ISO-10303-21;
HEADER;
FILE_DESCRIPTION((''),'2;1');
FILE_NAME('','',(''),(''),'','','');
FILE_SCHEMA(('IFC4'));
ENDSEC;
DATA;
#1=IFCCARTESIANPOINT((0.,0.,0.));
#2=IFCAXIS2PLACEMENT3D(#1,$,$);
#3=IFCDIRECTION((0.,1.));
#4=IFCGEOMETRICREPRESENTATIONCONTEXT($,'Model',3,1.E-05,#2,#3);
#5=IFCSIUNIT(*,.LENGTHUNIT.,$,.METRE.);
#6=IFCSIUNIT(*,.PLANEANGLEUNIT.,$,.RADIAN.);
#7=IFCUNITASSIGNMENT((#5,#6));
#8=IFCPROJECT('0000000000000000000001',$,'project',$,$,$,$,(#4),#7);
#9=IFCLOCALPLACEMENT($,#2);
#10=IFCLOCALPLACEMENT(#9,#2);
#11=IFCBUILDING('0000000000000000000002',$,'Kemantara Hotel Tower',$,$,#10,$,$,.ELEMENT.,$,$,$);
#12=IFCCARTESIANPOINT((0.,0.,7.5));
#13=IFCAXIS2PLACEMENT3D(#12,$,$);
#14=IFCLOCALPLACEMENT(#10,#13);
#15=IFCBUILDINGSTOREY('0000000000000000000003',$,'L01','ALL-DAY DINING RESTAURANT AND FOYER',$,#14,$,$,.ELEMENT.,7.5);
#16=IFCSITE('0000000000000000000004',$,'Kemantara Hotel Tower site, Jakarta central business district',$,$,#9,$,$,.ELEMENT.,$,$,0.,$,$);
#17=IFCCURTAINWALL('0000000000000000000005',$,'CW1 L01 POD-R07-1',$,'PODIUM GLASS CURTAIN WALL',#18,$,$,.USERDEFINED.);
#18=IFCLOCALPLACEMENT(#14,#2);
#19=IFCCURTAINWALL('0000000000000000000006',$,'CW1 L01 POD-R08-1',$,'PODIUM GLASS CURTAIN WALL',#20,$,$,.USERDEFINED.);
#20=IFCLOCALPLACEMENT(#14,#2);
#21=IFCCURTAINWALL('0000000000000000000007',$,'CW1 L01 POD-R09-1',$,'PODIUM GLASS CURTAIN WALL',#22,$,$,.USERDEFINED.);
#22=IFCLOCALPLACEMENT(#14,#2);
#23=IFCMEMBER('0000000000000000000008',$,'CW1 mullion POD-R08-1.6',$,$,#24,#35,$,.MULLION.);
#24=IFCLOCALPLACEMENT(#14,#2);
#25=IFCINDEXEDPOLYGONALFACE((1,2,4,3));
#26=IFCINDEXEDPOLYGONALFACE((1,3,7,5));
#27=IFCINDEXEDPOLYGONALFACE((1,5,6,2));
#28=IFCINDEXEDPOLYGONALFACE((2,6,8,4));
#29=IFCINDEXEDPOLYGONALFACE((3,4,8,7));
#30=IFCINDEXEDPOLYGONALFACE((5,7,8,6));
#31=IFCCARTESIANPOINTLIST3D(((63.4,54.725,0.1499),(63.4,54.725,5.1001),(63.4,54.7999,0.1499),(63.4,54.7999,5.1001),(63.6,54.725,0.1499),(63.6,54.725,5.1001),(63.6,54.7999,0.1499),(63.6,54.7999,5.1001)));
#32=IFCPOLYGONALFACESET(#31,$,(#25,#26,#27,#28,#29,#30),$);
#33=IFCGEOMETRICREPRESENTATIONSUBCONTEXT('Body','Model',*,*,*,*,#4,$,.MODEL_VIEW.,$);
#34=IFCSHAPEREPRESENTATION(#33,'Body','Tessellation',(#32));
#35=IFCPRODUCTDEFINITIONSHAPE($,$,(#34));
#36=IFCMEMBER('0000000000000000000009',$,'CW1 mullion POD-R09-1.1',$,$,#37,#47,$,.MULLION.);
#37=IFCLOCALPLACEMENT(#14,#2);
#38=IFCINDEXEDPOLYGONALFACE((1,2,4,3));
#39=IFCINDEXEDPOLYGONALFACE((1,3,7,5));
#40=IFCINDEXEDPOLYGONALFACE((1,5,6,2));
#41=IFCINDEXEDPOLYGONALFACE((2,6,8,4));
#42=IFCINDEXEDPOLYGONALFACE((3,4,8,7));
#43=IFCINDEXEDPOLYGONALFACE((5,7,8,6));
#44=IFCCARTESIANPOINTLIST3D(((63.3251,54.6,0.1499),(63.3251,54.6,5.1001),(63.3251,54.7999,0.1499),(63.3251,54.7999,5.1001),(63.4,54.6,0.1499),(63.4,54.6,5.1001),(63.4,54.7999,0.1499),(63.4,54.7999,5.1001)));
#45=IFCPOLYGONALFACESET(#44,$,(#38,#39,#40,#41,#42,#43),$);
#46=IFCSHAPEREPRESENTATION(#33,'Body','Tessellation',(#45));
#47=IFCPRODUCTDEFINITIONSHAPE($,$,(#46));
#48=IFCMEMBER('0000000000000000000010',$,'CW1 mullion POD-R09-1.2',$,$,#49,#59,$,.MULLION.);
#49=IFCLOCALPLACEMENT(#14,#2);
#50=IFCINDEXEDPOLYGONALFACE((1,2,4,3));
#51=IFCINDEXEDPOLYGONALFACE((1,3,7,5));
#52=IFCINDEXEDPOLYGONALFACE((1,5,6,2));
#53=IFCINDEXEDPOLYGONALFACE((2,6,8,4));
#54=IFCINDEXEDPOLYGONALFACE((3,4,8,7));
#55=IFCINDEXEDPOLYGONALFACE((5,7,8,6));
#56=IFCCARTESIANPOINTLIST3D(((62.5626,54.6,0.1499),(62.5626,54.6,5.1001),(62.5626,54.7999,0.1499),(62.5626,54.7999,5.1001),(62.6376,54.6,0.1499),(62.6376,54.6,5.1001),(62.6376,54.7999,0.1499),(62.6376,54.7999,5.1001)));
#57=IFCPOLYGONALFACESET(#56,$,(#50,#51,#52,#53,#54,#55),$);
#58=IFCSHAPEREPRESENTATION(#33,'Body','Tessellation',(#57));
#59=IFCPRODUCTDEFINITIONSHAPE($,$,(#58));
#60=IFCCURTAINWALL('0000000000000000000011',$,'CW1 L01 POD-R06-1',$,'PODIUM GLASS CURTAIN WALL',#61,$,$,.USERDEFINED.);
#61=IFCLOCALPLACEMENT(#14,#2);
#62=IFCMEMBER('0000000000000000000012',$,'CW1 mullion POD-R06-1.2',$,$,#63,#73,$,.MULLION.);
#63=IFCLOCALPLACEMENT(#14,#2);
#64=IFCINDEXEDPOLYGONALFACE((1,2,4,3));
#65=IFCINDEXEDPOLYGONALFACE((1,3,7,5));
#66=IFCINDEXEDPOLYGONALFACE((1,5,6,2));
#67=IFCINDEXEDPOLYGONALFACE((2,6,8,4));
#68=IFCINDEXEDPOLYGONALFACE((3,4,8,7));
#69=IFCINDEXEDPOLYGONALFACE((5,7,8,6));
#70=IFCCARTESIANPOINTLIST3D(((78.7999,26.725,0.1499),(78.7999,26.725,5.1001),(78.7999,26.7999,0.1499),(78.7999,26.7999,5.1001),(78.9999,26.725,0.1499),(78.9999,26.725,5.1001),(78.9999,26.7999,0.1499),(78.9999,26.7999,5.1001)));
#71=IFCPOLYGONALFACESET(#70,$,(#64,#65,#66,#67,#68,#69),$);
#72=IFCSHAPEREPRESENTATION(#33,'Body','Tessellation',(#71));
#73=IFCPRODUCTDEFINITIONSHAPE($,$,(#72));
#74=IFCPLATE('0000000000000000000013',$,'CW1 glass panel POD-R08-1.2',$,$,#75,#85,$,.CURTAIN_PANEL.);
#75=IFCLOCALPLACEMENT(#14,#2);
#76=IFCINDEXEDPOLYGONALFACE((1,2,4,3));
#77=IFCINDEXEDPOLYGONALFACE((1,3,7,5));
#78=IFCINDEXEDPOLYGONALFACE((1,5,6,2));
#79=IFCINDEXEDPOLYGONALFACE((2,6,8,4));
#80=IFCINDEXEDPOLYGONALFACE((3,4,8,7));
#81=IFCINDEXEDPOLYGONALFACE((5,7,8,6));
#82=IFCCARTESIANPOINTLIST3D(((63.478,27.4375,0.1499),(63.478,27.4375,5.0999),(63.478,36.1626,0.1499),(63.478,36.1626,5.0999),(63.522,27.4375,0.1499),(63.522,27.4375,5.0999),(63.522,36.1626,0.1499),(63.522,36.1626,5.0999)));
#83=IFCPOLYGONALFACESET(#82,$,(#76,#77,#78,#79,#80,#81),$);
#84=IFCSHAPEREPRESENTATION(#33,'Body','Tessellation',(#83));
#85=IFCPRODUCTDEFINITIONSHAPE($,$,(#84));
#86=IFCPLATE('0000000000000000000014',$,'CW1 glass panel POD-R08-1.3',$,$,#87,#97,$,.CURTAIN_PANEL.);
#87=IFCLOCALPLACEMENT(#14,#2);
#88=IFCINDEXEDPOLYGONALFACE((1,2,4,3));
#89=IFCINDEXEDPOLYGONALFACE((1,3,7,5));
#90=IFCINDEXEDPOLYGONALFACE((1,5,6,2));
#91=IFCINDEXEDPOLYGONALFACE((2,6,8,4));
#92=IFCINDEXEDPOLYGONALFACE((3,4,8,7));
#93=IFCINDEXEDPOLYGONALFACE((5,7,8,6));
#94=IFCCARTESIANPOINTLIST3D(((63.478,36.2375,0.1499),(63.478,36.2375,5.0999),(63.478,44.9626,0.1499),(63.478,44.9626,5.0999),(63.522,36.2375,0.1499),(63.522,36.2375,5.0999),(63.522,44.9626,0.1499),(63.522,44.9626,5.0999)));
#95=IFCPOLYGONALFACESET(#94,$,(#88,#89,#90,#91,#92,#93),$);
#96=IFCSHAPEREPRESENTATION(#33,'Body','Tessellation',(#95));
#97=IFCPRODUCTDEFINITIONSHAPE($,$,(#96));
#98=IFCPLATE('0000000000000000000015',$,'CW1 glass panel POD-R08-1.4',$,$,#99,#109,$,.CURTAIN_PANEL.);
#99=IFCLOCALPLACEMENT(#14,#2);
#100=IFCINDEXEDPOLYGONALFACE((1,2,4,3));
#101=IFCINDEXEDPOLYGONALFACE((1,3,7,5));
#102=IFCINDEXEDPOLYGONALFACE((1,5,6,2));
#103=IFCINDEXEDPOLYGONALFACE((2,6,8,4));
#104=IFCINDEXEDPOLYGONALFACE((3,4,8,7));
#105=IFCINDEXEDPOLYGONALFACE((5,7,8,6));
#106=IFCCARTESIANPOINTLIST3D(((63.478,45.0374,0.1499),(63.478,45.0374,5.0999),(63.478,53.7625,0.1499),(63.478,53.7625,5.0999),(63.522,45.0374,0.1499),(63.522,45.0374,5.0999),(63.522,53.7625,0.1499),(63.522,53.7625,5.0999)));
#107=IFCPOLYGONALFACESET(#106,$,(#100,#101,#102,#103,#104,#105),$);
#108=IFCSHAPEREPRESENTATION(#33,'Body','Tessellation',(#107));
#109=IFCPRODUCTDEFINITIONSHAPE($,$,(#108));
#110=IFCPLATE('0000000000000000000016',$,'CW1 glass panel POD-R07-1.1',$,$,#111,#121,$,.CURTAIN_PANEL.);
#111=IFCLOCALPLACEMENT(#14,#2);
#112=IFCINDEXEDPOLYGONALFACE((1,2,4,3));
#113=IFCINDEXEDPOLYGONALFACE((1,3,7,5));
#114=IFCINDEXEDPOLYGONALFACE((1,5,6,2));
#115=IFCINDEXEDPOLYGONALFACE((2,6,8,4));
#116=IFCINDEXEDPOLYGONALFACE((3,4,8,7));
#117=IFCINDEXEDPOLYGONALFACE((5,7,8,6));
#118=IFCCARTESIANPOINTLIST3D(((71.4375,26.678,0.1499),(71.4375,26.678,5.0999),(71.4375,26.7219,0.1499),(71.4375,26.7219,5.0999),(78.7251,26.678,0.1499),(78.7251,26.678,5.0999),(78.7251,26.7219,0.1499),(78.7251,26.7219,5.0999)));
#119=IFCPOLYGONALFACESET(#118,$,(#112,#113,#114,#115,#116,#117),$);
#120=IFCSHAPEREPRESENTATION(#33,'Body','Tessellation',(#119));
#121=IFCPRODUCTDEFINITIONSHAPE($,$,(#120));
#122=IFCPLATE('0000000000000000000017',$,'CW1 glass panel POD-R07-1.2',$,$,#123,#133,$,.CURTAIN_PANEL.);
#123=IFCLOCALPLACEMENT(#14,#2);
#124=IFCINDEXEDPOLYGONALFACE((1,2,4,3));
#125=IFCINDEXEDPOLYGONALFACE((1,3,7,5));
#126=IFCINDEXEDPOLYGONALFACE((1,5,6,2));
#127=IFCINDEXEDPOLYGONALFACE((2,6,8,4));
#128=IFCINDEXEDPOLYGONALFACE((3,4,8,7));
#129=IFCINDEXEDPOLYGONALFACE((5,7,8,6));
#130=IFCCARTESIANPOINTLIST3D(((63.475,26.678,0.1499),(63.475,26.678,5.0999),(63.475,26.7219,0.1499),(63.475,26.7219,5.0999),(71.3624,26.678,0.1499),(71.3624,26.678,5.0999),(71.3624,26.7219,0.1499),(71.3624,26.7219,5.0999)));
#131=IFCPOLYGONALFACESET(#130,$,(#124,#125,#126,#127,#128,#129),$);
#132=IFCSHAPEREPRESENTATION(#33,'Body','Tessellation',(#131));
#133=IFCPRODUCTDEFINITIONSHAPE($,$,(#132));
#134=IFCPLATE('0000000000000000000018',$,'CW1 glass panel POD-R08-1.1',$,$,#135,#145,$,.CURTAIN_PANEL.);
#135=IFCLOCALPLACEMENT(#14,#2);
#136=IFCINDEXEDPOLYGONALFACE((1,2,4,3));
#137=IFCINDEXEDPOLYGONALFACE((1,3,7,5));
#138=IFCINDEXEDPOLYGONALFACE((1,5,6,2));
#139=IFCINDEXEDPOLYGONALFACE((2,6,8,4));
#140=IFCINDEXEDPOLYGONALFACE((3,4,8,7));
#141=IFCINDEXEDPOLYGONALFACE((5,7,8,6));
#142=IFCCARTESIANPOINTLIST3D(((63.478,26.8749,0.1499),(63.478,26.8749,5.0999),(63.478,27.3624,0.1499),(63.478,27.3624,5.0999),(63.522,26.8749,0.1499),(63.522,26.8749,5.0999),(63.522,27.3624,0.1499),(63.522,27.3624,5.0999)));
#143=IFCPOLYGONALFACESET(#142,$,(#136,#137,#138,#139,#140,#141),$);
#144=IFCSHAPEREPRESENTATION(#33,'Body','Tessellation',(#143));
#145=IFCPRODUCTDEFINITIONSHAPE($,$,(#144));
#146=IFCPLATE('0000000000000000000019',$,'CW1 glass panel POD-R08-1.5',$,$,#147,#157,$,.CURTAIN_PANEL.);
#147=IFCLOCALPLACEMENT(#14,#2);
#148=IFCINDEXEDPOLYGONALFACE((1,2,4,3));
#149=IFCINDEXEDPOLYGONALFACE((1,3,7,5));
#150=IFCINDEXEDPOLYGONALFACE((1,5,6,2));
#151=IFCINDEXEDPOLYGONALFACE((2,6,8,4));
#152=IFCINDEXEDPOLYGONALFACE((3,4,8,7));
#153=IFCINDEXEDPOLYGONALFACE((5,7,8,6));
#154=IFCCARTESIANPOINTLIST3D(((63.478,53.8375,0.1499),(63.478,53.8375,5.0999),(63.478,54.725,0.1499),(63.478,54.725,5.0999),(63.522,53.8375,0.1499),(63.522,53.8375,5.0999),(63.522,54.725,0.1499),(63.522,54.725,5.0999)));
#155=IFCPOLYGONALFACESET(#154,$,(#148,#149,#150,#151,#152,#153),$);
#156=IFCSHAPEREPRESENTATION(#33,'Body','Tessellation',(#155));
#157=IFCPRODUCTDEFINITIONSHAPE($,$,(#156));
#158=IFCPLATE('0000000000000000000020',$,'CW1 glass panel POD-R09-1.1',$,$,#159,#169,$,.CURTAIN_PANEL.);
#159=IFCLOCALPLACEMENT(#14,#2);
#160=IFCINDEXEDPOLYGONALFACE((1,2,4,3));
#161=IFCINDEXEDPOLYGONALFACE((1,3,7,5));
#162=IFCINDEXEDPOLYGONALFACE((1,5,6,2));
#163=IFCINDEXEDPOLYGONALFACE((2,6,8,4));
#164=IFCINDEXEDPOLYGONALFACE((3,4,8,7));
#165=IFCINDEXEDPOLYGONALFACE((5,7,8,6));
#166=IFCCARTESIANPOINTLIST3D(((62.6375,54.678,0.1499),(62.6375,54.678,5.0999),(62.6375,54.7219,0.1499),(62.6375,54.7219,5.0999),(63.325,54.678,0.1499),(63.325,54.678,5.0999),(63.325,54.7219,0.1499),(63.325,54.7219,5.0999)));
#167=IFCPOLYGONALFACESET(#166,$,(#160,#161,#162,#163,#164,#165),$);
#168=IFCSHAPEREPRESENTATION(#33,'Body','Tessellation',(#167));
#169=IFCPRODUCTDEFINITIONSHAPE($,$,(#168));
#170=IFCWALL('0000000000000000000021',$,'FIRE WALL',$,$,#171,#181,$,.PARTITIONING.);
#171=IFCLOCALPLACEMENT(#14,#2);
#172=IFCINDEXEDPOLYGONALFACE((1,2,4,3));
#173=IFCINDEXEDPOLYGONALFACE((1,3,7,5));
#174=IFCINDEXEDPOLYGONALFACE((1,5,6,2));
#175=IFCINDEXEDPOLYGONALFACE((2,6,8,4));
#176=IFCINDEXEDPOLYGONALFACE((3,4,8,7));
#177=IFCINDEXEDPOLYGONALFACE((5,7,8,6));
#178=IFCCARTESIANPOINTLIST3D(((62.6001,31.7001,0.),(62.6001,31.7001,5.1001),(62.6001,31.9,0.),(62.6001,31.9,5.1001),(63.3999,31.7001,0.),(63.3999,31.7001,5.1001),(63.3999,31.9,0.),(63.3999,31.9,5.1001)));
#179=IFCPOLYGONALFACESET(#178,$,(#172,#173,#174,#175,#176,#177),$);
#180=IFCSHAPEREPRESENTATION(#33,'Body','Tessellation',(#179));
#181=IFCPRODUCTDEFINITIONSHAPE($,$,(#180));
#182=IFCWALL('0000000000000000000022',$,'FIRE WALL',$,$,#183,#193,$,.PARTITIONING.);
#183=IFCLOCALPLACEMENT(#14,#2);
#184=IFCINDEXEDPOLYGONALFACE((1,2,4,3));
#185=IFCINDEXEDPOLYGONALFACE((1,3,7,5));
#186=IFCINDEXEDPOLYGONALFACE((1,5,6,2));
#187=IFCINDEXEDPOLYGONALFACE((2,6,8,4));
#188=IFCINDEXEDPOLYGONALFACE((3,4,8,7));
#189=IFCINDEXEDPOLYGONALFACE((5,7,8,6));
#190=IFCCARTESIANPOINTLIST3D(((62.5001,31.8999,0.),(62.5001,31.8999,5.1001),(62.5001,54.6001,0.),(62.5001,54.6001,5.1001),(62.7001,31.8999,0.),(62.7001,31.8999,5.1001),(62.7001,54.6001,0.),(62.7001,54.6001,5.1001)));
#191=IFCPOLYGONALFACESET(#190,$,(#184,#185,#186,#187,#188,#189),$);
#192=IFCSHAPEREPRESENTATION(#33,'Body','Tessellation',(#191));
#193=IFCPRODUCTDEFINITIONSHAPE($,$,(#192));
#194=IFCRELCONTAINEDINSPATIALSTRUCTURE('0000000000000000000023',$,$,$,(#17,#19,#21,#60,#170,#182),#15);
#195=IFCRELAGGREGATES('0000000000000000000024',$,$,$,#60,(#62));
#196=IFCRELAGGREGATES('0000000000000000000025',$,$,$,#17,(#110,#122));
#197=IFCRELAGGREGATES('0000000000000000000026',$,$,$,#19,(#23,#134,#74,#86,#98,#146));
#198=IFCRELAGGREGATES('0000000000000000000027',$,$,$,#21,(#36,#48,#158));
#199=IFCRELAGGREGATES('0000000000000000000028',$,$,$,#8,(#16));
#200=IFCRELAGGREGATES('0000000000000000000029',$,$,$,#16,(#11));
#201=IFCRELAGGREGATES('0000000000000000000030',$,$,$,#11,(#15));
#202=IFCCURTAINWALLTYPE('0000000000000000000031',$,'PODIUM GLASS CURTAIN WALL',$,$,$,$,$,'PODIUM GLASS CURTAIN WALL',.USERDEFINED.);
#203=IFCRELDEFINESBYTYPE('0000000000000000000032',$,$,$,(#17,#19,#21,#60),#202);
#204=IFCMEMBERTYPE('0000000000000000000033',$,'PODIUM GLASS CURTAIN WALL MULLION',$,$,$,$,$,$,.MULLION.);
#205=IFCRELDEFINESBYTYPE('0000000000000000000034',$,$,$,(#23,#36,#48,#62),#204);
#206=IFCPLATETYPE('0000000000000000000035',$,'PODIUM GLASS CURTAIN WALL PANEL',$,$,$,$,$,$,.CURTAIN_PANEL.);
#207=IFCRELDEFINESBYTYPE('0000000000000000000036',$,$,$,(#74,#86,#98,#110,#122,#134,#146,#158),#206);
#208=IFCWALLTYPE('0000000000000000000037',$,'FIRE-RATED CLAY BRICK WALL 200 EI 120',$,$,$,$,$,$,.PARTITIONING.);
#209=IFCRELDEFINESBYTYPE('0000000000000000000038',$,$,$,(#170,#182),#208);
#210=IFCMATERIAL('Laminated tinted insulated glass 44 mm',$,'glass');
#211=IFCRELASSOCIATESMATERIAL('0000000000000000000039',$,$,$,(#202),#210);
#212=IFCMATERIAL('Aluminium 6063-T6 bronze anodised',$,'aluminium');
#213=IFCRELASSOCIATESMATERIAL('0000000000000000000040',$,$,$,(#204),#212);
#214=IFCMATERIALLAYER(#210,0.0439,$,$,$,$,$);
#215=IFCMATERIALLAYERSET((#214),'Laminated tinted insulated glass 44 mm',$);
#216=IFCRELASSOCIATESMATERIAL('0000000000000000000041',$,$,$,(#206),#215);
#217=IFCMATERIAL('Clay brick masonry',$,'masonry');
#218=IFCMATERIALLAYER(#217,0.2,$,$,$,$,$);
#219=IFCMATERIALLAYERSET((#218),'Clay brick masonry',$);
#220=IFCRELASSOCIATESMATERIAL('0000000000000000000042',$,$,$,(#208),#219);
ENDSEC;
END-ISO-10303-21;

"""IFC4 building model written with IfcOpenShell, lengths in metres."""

from ifc_helpers import new_model, si_unit, direction, frame, frame_2d, origin, origin_2d, place, context, subcontext, project, spatial, rectangle, extrude, source, transform, mapped, material, layer, layer_set, material_profile, profile_set, type_object, element, aggregate, save


model = new_model("IFC4")

# Units and contexts
model_context = context("Model", 3, precision=1e-05, world=origin(), true_north=direction((0.0, 1.0)))
body_context = subcontext(model_context, "Body", "Model", "MODEL_VIEW")
ifc_project = project(units=[si_unit("LENGTHUNIT", "METRE"), si_unit("PLANEANGLEUNIT", "RADIAN")], contexts=[model_context])

# Site, building, storey
site_placement = place(None, origin())
site = spatial("IfcSite", under=ifc_project, at=site_placement, Name="Kemantara Hotel Tower site, Jakarta central business district", CompositionType="ELEMENT", RefElevation=0.0)
building_placement = place(site_placement, origin())
building = spatial("IfcBuilding", under=site, at=building_placement, Name="Kemantara Hotel Tower", CompositionType="ELEMENT")
storey_placement = place(building_placement, frame((0.0, 0.0, 7.5)))
storey = spatial("IfcBuildingStorey", under=building, at=storey_placement, Name="L01", Description="ALL-DAY DINING RESTAURANT AND FOYER", CompositionType="ELEMENT", Elevation=7.5)

# Curtain walls
ifc_material_1 = material(Name="Laminated tinted insulated glass 44 mm", Category="glass")
curtain_wall_type = type_object("IfcCurtainWallType", Name="PODIUM GLASS CURTAIN WALL", ElementType="PODIUM GLASS CURTAIN WALL", PredefinedType="USERDEFINED", material=ifc_material_1)
curtain_wall_1_placement = place(storey_placement, origin())
curtain_wall_1 = element("IfcCurtainWall", 1, at=curtain_wall_1_placement, inside=storey, type_object=curtain_wall_type, Name="CW1 L01 POD-R07-1", ObjectType="PODIUM GLASS CURTAIN WALL", PredefinedType="USERDEFINED")
ifc_material_2 = material(Name="Aluminium 6063-T6 bronze anodised", Category="aluminium")
curtain_wall_2_placement = place(storey_placement, origin())
curtain_wall_2 = element("IfcCurtainWall", 2, at=curtain_wall_2_placement, inside=storey, type_object=curtain_wall_type, Name="CW1 L01 POD-R08-1", ObjectType="PODIUM GLASS CURTAIN WALL", PredefinedType="USERDEFINED")
curtain_wall_3_placement = place(storey_placement, origin())
curtain_wall_3 = element("IfcCurtainWall", 3, at=curtain_wall_3_placement, inside=storey, type_object=curtain_wall_type, Name="CW1 L01 POD-R09-1", ObjectType="PODIUM GLASS CURTAIN WALL", PredefinedType="USERDEFINED")

# Members
ifc_material_profile_1 = material_profile(ifc_material_2, rectangle(XDim=0.2, YDim=0.075, at=origin_2d()), Name="PODIUM GLASS CURTAIN WALL MULLION")
ifc_profile_set_1 = profile_set([ifc_material_profile_1], Name="Aluminium 6063-T6 bronze anodised")
member_type_1 = type_object("IfcMemberType", Name="PODIUM GLASS CURTAIN WALL MULLION", PredefinedType="MULLION", material=ifc_profile_set_1)
shared_shape_1 = source(origin(), body_context, "Body", "SweptSolid", [
    extrude(rectangle(XDim=0.2, YDim=0.075, at=origin_2d()), origin(), (0.0, 0.0, 1.0), 4.9502),
])
member_1_placement = place(storey_placement, frame((63.5, 54.7625, 0.1499), z_axis=(0.0, 0.0, 1.0), x_axis=(-1.0, 0.0, 0.0)))
member_1 = element("IfcMember", 4, at=member_1_placement, type_object=member_type_1, Name="CW1 mullion POD-R08-1.6", PredefinedType="MULLION", context=body_context, shape_type="MappedRepresentation", body=[
    mapped(shared_shape_1, transform((0.0, 0.0, 0.0))),
])
member_2_placement = place(storey_placement, frame((63.3625, 54.7, 0.1499), z_axis=(0.0, 0.0, 1.0), x_axis=(0.0, -1.0, 0.0)))
member_2 = element("IfcMember", 5, at=member_2_placement, type_object=member_type_1, Name="CW1 mullion POD-R09-1.1", PredefinedType="MULLION", context=body_context, shape_type="MappedRepresentation", body=[
    mapped(shared_shape_1, transform((0.0, 0.0, 0.0))),
])
member_3_placement = place(storey_placement, frame((62.6001, 54.7, 0.1499), z_axis=(0.0, 0.0, 1.0), x_axis=(0.0, -1.0, 0.0)))
member_3 = element("IfcMember", 6, at=member_3_placement, type_object=member_type_1, Name="CW1 mullion POD-R09-1.2", PredefinedType="MULLION", context=body_context, shape_type="MappedRepresentation", body=[
    mapped(shared_shape_1, transform((0.0, 0.0, 0.0))),
])

# Curtain wall, member
curtain_wall_4_placement = place(storey_placement, origin())
curtain_wall_4 = element("IfcCurtainWall", 7, at=curtain_wall_4_placement, inside=storey, type_object=curtain_wall_type, Name="CW1 L01 POD-R06-1", ObjectType="PODIUM GLASS CURTAIN WALL", PredefinedType="USERDEFINED")
member_4_placement = place(storey_placement, frame((78.8999, 26.7625, 0.1499), z_axis=(0.0, 0.0, 1.0), x_axis=(-1.0, 0.0, 0.0)))
member_4 = element("IfcMember", 8, at=member_4_placement, type_object=member_type_1, Name="CW1 mullion POD-R06-1.2", PredefinedType="MULLION", context=body_context, shape_type="MappedRepresentation", body=[
    mapped(shared_shape_1, transform((0.0, 0.0, 0.0))),
])
aggregate(curtain_wall_4, [member_4])

# Plates
ifc_layer_1 = layer(ifc_material_1, 0.0439)
ifc_layer_set_1 = layer_set([ifc_layer_1], Name="Laminated tinted insulated glass 44 mm")
plate_type = type_object("IfcPlateType", Name="PODIUM GLASS CURTAIN WALL PANEL", PredefinedType="CURTAIN_PANEL", material=ifc_layer_set_1)
shared_shape_2 = source(origin(), body_context, "Body", "SweptSolid", [
    extrude(rectangle(XDim=8.7251, YDim=0.0439, at=origin_2d()), origin(), (0.0, 0.0, 1.0), 4.95),
])
plate_1_placement = place(storey_placement, frame((63.5, 31.8, 0.1499), z_axis=(0.0, 0.0, 1.0), x_axis=(0.0, 1.0, 0.0)))
plate_1 = element("IfcPlate", 9, at=plate_1_placement, type_object=plate_type, Name="CW1 glass panel POD-R08-1.2", PredefinedType="CURTAIN_PANEL", context=body_context, shape_type="MappedRepresentation", body=[
    mapped(shared_shape_2, transform((0.0, 0.0, 0.0))),
])
plate_2_placement = place(storey_placement, frame((63.5, 40.6001, 0.1499), z_axis=(0.0, 0.0, 1.0), x_axis=(0.0, 1.0, 0.0)))
plate_2 = element("IfcPlate", 10, at=plate_2_placement, type_object=plate_type, Name="CW1 glass panel POD-R08-1.3", PredefinedType="CURTAIN_PANEL", context=body_context, shape_type="MappedRepresentation", body=[
    mapped(shared_shape_2, transform((0.0, 0.0, 0.0))),
])
plate_3_placement = place(storey_placement, frame((63.5, 49.3999, 0.1499), z_axis=(0.0, 0.0, 1.0), x_axis=(0.0, 1.0, 0.0)))
plate_3 = element("IfcPlate", 11, at=plate_3_placement, type_object=plate_type, Name="CW1 glass panel POD-R08-1.4", PredefinedType="CURTAIN_PANEL", context=body_context, shape_type="MappedRepresentation", body=[
    mapped(shared_shape_2, transform((0.0, 0.0, 0.0))),
])
shared_shape_3 = source(origin(), body_context, "Body", "SweptSolid", [
    extrude(rectangle(XDim=7.2876, YDim=0.0439, at=origin_2d()), origin(), (0.0, 0.0, 1.0), 4.95),
])
plate_4_placement = place(storey_placement, frame((75.0813, 26.7, 0.1499), z_axis=(0.0, 0.0, 1.0), x_axis=(-1.0, 0.0, 0.0)))
plate_4 = element("IfcPlate", 12, at=plate_4_placement, type_object=plate_type, Name="CW1 glass panel POD-R07-1.1", PredefinedType="CURTAIN_PANEL", context=body_context, shape_type="MappedRepresentation", body=[
    mapped(shared_shape_3, transform((0.0, 0.0, 0.0))),
])
shared_shape_4 = source(origin(), body_context, "Body", "SweptSolid", [
    extrude(rectangle(XDim=7.8875, YDim=0.0439, at=origin_2d()), origin(), (0.0, 0.0, 1.0), 4.95),
])
plate_5_placement = place(storey_placement, frame((67.4187, 26.7, 0.1499), z_axis=(0.0, 0.0, 1.0), x_axis=(-1.0, 0.0, 0.0)))
plate_5 = element("IfcPlate", 13, at=plate_5_placement, type_object=plate_type, Name="CW1 glass panel POD-R07-1.2", PredefinedType="CURTAIN_PANEL", context=body_context, shape_type="MappedRepresentation", body=[
    mapped(shared_shape_4, transform((0.0, 0.0, 0.0))),
])
aggregate(curtain_wall_1, [plate_4, plate_5])
shared_shape_5 = source(origin(), body_context, "Body", "SweptSolid", [
    extrude(rectangle(XDim=0.4875, YDim=0.0439, at=origin_2d()), origin(), (0.0, 0.0, 1.0), 4.95),
])
plate_6_placement = place(storey_placement, frame((63.5, 27.1187, 0.1499), z_axis=(0.0, 0.0, 1.0), x_axis=(0.0, 1.0, 0.0)))
plate_6 = element("IfcPlate", 14, at=plate_6_placement, type_object=plate_type, Name="CW1 glass panel POD-R08-1.1", PredefinedType="CURTAIN_PANEL", context=body_context, shape_type="MappedRepresentation", body=[
    mapped(shared_shape_5, transform((0.0, 0.0, 0.0))),
])
shared_shape_6 = source(origin(), body_context, "Body", "SweptSolid", [
    extrude(rectangle(XDim=0.8875, YDim=0.0439, at=origin_2d()), origin(), (0.0, 0.0, 1.0), 4.95),
])
plate_7_placement = place(storey_placement, frame((63.5, 54.2812, 0.1499), z_axis=(0.0, 0.0, 1.0), x_axis=(0.0, 1.0, 0.0)))
plate_7 = element("IfcPlate", 15, at=plate_7_placement, type_object=plate_type, Name="CW1 glass panel POD-R08-1.5", PredefinedType="CURTAIN_PANEL", context=body_context, shape_type="MappedRepresentation", body=[
    mapped(shared_shape_6, transform((0.0, 0.0, 0.0))),
])
aggregate(curtain_wall_2, [member_1, plate_6, plate_1, plate_2, plate_3, plate_7])
shared_shape_7 = source(origin(), body_context, "Body", "SweptSolid", [
    extrude(rectangle(XDim=0.6875, YDim=0.0439, at=origin_2d()), origin(), (0.0, 0.0, 1.0), 4.95),
])
plate_8_placement = place(storey_placement, frame((62.9812, 54.7, 0.1499), z_axis=(0.0, 0.0, 1.0), x_axis=(-1.0, 0.0, 0.0)))
plate_8 = element("IfcPlate", 16, at=plate_8_placement, type_object=plate_type, Name="CW1 glass panel POD-R09-1.1", PredefinedType="CURTAIN_PANEL", context=body_context, shape_type="MappedRepresentation", body=[
    mapped(shared_shape_7, transform((0.0, 0.0, 0.0))),
])
aggregate(curtain_wall_3, [member_2, member_3, plate_8])

# Walls
ifc_material_3 = material(Name="Clay brick masonry", Category="masonry")
ifc_layer_2 = layer(ifc_material_3, 0.2)
ifc_layer_set_2 = layer_set([ifc_layer_2], Name="Clay brick masonry")
wall_type = type_object("IfcWallType", Name="FIRE-RATED CLAY BRICK WALL 200 EI 120", PredefinedType="PARTITIONING", material=ifc_layer_set_2)
wall_1_placement = place(storey_placement, frame((62.6001, 31.8, 0.0), z_axis=(0.0, 0.0, 1.0), x_axis=(1.0, 0.0, 0.0)))
element("IfcWall", 17, at=wall_1_placement, inside=storey, type_object=wall_type, Name="FIRE WALL", PredefinedType="PARTITIONING", context=body_context, shape_type="SweptSolid", body=[
    extrude(rectangle(XDim=0.7998, YDim=0.2, at=frame_2d((0.3999, 0.0))), origin(), (0.0, 0.0, 1.0), 5.1001),
])
wall_2_placement = place(storey_placement, frame((62.6001, 31.8999, 0.0), z_axis=(0.0, 0.0, 1.0), x_axis=(0.0, 1.0, 0.0)))
element("IfcWall", 18, at=wall_2_placement, inside=storey, type_object=wall_type, Name="FIRE WALL", PredefinedType="PARTITIONING", context=body_context, shape_type="SweptSolid", body=[
    extrude(rectangle(XDim=22.7002, YDim=0.2, at=frame_2d((11.3501, 0.0))), origin(), (0.0, 0.0, 1.0), 5.1001),
])

save(model, "model.ifc")
